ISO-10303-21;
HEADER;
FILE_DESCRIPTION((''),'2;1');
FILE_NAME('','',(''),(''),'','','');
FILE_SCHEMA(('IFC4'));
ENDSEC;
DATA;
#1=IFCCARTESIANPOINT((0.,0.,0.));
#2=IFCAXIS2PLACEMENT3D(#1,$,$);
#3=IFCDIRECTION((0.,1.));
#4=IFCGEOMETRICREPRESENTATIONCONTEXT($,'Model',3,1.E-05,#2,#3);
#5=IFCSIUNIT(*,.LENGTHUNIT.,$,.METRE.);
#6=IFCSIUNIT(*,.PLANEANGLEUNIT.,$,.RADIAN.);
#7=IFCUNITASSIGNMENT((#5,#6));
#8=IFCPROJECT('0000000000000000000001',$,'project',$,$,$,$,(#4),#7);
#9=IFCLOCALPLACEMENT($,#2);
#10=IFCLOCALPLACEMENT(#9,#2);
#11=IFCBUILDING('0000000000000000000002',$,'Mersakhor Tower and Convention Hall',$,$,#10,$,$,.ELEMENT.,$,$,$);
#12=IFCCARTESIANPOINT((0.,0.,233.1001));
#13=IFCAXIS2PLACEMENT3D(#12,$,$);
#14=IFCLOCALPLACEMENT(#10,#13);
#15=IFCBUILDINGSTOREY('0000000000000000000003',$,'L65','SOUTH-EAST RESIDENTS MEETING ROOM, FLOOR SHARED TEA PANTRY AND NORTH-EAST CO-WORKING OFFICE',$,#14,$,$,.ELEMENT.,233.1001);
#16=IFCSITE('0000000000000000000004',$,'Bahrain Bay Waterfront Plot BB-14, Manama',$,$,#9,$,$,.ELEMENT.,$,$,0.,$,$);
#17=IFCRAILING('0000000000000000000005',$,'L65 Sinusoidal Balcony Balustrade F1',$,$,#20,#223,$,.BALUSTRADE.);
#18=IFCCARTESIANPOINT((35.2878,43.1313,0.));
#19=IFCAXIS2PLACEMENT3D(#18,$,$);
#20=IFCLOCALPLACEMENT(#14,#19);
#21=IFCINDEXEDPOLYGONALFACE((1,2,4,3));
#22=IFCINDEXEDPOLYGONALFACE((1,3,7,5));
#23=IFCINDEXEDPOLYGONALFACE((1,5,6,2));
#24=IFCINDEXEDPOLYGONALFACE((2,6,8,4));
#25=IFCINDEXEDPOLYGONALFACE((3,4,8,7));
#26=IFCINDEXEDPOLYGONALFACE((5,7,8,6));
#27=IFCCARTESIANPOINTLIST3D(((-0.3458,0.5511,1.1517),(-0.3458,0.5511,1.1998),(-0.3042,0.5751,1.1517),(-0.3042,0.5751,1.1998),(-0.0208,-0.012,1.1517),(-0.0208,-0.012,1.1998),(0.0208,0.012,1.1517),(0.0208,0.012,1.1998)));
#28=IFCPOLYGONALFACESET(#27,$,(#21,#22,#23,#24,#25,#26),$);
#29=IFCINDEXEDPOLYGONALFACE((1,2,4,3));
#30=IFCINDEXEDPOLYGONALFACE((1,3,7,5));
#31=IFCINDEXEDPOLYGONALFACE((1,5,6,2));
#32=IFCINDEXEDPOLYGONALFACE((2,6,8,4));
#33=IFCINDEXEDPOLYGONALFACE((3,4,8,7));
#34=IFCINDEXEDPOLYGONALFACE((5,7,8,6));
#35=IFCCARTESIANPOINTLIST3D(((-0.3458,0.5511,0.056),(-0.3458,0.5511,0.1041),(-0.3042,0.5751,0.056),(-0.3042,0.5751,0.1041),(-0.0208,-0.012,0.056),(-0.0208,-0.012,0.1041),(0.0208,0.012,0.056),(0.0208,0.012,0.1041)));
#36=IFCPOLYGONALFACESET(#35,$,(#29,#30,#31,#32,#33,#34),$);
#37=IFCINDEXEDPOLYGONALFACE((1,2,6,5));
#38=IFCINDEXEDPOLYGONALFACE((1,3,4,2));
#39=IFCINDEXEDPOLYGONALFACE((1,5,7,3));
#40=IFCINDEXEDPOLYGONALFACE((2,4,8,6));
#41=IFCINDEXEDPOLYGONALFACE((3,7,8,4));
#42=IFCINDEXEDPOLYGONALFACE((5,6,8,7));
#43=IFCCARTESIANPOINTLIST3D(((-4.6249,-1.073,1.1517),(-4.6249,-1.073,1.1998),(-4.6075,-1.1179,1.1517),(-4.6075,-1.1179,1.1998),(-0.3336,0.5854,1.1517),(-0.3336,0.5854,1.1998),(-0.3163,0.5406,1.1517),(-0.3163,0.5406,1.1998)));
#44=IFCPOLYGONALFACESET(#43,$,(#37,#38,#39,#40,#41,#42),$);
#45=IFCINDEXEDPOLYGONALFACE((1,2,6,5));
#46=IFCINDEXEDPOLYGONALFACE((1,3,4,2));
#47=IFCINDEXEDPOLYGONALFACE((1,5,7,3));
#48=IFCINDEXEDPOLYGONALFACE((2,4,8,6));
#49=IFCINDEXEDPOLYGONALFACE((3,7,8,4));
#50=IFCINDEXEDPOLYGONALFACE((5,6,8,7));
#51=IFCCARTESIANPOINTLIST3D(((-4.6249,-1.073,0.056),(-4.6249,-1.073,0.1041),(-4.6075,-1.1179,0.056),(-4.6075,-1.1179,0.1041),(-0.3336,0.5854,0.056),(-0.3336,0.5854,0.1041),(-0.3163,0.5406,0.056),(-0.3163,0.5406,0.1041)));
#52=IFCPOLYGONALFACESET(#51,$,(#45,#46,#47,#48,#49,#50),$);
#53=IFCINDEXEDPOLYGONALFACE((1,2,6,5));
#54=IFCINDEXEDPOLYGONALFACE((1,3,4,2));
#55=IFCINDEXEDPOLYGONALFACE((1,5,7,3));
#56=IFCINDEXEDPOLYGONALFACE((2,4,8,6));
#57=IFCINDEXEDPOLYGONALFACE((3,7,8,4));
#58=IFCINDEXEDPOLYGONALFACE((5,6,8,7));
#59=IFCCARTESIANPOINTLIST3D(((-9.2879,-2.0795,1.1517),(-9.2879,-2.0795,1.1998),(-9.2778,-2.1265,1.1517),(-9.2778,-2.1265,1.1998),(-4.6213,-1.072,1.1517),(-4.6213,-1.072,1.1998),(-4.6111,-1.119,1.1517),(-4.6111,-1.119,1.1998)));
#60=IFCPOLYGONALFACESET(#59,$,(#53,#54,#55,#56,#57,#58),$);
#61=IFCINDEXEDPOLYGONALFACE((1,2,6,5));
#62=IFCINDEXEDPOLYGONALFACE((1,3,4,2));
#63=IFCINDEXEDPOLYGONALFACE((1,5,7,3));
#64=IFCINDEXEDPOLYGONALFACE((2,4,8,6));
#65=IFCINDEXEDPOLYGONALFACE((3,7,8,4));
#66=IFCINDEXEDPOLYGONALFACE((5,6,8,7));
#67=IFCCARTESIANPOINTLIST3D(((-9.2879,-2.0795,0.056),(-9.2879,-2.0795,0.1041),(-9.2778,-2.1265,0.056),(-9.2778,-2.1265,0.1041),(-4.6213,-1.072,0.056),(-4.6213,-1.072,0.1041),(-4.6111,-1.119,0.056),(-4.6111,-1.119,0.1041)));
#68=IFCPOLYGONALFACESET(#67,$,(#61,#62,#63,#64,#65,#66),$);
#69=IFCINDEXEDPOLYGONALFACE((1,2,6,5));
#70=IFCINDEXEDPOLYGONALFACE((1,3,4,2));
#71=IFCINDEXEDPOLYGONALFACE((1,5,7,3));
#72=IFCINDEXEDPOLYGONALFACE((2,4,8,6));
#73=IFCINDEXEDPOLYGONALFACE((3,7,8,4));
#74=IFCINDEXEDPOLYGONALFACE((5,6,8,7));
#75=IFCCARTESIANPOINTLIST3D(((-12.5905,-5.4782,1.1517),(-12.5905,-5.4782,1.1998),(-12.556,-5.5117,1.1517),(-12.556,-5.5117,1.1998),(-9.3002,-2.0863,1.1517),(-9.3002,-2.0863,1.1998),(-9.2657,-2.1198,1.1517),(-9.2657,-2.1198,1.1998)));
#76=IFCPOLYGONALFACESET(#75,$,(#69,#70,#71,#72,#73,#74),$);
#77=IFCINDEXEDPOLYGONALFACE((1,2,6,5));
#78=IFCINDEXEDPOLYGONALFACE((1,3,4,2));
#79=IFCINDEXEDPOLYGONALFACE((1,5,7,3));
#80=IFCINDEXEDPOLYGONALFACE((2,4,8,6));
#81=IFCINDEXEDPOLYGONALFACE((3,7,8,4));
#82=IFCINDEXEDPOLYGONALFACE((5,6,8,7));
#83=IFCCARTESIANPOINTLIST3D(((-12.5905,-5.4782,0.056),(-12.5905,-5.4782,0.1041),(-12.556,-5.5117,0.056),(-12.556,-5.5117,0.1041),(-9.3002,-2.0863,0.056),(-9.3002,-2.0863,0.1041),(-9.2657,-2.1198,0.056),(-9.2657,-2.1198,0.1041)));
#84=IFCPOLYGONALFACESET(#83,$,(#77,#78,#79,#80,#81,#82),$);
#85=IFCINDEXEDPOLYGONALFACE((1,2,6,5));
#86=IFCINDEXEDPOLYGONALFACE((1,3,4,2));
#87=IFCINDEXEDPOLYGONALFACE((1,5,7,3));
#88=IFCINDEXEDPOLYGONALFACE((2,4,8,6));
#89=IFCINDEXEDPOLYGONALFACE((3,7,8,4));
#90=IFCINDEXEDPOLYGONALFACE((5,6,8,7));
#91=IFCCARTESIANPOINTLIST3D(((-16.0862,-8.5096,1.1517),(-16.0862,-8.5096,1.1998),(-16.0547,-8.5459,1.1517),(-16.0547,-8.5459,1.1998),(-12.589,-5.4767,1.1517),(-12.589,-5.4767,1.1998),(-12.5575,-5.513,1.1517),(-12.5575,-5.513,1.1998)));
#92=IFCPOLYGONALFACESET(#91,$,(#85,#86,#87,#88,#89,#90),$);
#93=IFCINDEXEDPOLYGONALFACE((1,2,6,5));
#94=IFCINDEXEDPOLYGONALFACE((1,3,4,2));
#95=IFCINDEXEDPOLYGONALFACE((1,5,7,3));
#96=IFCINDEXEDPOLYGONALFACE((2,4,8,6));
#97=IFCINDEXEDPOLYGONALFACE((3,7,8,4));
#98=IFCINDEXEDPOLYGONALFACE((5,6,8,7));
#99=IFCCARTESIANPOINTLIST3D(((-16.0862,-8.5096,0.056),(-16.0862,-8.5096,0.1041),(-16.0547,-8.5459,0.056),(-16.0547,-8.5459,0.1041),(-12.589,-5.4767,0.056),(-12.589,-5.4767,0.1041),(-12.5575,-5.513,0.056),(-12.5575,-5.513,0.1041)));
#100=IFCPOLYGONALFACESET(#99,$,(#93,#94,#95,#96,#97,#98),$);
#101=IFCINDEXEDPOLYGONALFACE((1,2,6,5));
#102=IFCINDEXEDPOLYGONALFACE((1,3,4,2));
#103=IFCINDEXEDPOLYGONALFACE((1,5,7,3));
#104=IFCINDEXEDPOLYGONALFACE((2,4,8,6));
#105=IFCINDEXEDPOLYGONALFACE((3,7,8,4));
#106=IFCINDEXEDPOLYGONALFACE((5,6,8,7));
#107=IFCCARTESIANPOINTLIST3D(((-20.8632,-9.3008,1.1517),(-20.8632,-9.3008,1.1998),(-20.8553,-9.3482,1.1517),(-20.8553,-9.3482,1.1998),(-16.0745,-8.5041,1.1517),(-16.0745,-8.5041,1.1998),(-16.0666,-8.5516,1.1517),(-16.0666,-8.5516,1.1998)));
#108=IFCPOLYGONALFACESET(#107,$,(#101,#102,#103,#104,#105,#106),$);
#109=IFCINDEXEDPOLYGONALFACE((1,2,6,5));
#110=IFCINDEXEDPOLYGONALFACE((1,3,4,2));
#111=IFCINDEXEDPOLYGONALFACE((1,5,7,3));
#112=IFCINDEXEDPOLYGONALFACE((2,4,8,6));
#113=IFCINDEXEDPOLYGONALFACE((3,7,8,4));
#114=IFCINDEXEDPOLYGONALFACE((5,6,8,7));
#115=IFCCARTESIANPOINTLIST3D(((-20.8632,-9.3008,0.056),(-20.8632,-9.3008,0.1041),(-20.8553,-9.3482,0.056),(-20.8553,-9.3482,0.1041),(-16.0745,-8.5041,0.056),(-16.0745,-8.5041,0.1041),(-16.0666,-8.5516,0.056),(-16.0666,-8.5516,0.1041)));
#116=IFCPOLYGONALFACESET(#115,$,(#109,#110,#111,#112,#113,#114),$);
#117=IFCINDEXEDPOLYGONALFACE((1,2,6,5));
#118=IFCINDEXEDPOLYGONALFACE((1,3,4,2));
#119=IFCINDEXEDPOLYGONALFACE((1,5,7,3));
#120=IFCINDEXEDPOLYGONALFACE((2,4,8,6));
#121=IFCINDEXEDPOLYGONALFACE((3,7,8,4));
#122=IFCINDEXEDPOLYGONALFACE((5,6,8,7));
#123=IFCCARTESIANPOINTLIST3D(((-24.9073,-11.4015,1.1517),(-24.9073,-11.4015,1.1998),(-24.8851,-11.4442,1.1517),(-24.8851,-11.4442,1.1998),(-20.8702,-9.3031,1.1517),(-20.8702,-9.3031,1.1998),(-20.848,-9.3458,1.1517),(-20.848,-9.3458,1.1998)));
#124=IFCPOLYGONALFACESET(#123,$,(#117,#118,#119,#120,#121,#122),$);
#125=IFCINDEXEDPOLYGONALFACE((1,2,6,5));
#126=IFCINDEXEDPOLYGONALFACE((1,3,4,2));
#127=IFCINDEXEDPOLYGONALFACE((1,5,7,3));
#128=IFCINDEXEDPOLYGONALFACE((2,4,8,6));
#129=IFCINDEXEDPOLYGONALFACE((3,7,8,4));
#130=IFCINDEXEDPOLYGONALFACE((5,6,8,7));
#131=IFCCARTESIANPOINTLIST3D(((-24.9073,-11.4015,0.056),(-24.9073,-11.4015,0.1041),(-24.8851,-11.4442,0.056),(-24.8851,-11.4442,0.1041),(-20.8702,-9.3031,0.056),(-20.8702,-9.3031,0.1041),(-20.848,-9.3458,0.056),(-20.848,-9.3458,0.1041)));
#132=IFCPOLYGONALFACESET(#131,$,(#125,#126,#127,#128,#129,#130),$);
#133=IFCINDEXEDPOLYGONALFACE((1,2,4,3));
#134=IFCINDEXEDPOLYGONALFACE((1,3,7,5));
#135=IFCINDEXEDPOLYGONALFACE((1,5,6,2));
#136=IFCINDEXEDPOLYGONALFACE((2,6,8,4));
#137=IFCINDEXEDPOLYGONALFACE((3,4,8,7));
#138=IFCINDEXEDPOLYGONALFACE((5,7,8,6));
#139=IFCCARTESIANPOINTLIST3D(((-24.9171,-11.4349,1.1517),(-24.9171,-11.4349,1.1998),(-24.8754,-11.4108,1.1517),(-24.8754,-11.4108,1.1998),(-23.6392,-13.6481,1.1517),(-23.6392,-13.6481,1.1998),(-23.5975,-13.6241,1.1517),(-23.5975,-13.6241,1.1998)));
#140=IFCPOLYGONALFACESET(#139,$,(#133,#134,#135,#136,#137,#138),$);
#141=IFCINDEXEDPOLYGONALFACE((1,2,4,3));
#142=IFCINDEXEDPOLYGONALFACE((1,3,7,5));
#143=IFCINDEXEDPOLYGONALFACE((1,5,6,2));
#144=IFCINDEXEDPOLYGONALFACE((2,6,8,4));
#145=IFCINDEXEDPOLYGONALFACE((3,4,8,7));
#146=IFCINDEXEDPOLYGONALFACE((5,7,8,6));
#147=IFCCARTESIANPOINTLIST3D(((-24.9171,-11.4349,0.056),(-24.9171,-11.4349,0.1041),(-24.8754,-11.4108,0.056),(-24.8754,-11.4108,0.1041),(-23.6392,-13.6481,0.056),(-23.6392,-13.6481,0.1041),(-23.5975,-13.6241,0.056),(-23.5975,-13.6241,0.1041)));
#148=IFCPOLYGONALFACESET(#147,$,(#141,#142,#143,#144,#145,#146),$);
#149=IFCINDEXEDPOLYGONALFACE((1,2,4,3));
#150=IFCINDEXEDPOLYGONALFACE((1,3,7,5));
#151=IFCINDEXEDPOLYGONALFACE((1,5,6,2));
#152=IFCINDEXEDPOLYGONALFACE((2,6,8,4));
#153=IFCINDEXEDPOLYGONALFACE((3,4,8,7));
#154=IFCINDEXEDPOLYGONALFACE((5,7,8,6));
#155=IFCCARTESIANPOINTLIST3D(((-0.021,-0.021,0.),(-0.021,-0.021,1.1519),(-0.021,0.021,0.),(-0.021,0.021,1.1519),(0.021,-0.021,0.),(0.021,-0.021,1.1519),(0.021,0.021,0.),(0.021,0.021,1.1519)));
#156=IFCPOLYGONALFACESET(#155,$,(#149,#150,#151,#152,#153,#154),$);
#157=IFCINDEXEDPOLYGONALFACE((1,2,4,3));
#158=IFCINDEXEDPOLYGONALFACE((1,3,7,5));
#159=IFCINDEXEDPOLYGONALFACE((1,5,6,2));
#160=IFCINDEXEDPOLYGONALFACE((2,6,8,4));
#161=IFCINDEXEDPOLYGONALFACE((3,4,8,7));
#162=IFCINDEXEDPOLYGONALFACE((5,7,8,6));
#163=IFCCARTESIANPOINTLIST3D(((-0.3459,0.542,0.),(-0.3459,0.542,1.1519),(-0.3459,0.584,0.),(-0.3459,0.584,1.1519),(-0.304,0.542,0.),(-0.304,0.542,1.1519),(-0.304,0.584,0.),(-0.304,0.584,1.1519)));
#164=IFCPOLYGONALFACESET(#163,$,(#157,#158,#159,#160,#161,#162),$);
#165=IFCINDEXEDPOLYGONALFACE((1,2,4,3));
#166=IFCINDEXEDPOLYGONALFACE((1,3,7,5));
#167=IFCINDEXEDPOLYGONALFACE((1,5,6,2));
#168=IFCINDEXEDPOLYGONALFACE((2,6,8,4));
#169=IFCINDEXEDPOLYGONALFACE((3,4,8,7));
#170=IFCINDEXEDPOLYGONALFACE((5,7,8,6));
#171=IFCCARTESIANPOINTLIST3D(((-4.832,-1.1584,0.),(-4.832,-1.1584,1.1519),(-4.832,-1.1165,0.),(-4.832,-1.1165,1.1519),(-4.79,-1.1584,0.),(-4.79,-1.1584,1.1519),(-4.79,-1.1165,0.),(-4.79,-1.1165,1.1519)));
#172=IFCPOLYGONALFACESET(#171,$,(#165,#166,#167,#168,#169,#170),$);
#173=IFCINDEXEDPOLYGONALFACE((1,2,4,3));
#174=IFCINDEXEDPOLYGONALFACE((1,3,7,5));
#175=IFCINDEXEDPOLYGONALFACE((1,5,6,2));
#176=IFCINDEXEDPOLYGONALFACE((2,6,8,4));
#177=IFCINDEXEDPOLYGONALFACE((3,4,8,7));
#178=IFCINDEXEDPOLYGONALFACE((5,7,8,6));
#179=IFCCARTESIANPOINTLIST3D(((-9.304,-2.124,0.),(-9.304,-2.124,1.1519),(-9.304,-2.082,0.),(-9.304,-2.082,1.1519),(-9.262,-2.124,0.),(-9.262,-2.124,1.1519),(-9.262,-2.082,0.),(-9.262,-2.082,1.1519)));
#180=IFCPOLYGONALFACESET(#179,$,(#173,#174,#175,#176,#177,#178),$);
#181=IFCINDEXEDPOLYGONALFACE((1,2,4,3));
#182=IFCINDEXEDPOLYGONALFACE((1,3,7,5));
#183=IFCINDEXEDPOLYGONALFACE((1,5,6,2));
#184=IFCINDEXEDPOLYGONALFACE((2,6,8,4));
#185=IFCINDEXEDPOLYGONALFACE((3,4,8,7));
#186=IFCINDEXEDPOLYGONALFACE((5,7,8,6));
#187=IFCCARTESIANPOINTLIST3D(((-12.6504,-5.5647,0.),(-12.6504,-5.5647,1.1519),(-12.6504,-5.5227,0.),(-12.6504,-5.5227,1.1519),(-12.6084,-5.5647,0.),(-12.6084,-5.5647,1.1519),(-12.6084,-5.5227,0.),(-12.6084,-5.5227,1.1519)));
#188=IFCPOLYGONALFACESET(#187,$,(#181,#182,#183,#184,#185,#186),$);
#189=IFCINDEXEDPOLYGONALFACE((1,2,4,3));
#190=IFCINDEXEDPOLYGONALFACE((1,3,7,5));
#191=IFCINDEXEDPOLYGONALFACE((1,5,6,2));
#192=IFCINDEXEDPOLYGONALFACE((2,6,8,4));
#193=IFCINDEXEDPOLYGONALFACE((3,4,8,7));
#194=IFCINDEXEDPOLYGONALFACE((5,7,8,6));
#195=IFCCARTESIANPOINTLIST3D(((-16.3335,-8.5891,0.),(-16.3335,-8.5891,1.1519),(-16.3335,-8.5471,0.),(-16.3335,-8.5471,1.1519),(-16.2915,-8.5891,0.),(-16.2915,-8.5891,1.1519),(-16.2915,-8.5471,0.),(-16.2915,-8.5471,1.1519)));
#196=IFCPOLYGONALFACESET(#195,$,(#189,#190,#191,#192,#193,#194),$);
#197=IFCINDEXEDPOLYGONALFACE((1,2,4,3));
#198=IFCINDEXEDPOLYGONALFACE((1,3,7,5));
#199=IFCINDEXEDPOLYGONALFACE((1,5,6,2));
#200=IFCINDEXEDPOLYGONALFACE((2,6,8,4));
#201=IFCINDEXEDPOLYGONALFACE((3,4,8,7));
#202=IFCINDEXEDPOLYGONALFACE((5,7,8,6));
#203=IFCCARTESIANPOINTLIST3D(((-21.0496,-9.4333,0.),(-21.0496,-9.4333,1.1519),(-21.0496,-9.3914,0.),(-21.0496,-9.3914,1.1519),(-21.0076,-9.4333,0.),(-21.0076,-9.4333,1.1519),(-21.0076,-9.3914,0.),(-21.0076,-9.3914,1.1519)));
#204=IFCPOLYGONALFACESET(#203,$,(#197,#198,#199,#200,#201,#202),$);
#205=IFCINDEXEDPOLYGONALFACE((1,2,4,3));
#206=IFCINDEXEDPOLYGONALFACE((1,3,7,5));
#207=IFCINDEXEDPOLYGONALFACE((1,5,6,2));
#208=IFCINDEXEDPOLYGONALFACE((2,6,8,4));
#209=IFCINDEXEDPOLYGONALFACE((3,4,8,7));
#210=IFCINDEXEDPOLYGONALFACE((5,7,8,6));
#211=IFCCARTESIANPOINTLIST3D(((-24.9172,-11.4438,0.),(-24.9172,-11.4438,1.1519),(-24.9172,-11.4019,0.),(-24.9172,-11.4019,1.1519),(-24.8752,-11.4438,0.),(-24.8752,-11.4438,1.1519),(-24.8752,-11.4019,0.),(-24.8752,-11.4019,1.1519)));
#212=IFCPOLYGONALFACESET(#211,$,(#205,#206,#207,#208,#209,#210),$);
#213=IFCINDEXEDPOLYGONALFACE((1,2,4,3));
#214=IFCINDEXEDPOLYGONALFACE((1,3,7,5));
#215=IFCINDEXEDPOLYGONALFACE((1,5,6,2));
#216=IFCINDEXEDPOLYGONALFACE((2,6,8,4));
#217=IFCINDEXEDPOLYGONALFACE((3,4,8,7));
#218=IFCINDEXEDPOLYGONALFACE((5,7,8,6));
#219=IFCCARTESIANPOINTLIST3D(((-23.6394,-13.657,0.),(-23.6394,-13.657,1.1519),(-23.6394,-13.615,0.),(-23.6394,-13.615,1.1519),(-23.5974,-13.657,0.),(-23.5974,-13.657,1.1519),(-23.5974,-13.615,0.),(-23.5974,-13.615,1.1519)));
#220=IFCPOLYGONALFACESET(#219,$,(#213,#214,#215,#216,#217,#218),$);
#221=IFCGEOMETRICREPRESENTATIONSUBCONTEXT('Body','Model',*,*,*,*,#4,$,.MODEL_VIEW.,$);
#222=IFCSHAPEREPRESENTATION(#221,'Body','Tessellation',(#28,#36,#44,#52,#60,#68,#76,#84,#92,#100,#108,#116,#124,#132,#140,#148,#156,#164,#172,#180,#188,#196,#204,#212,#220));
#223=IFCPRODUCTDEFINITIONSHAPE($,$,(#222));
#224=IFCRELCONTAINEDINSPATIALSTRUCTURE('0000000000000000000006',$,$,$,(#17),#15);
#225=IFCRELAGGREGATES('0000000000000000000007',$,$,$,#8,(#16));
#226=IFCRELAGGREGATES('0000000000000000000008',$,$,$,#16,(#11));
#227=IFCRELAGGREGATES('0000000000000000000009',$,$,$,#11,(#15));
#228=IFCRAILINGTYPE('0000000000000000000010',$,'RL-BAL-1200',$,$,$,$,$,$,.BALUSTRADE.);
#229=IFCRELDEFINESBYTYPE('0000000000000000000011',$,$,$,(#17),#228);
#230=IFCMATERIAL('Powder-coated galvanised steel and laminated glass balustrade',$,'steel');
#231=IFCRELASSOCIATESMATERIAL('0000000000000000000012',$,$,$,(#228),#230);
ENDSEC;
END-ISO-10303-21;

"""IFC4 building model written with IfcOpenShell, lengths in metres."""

from ifc_helpers import new_model, si_unit, direction, frame, origin, origin_2d, place, context, subcontext, project, spatial, rectangle, extrude, material, type_object, element, save


model = new_model("IFC4")

# Units and contexts
model_context = context("Model", 3, precision=1e-05, world=origin(), true_north=direction((0.0, 1.0)))
body_context = subcontext(model_context, "Body", "Model", "MODEL_VIEW")
ifc_project = project(units=[si_unit("LENGTHUNIT", "METRE"), si_unit("PLANEANGLEUNIT", "RADIAN")], contexts=[model_context])

# Site, building, storey
site_placement = place(None, origin())
site = spatial("IfcSite", under=ifc_project, at=site_placement, Name="Bahrain Bay Waterfront Plot BB-14, Manama", CompositionType="ELEMENT", RefElevation=0.0)
building_placement = place(site_placement, origin())
building = spatial("IfcBuilding", under=site, at=building_placement, Name="Mersakhor Tower and Convention Hall", CompositionType="ELEMENT")
storey_placement = place(building_placement, frame((0.0, 0.0, 233.1001)))
storey = spatial("IfcBuildingStorey", under=building, at=storey_placement, Name="L65", Description="SOUTH-EAST RESIDENTS MEETING ROOM, FLOOR SHARED TEA PANTRY AND NORTH-EAST CO-WORKING OFFICE", CompositionType="ELEMENT", Elevation=233.1001)

# Railing
ifc_material_1 = material(Name="Powder-coated galvanised steel and laminated glass balustrade", Category="steel")
railing_type = type_object("IfcRailingType", Name="RL-BAL-1200", PredefinedType="BALUSTRADE", material=ifc_material_1)
railing_placement = place(storey_placement, frame((35.2878, 43.1313, 0.0)))
element("IfcRailing", 1, at=railing_placement, inside=storey, type_object=railing_type, Name="L65 Sinusoidal Balcony Balustrade F1", PredefinedType="BALUSTRADE", context=body_context, shape_type="SweptSolid", body=[
    extrude(rectangle(XDim=0.0481, YDim=0.0481, at=origin_2d()), frame((0.0, 0.0, 1.1758), z_axis=(-0.499896, 0.866086, 0.0), x_axis=(-0.866086, -0.499896, 0.0)), (0.0, 0.0, 1.0), 0.6501),
    extrude(rectangle(XDim=0.0481, YDim=0.0481, at=origin_2d()), frame((0.0, 0.0, 0.0801), z_axis=(-0.499896, 0.866086, 0.0), x_axis=(-0.866086, -0.499896, 0.0)), (0.0, 0.0, 1.0), 0.6501),
    extrude(rectangle(XDim=0.0481, YDim=0.0481, at=origin_2d()), frame((-0.325, 0.563, 1.1758), z_axis=(-0.932764, -0.360486, 0.0), x_axis=(0.360486, -0.932764, 0.0)), (0.0, 0.0, 1.0), 4.6006),
    extrude(rectangle(XDim=0.0481, YDim=0.0481, at=origin_2d()), frame((-0.325, 0.563, 0.0801), z_axis=(-0.932764, -0.360486, 0.0), x_axis=(0.360486, -0.932764, 0.0)), (0.0, 0.0, 1.0), 4.6006),
    extrude(rectangle(XDim=0.0481, YDim=0.0481, at=origin_2d()), frame((-4.6162, -1.0955, 1.1758), z_axis=(-0.977477, -0.211041, 0.0), x_axis=(0.211041, -0.977477, 0.0)), (0.0, 0.0, 1.0), 4.7742),
    extrude(rectangle(XDim=0.0481, YDim=0.0481, at=origin_2d()), frame((-4.6162, -1.0955, 0.0801), z_axis=(-0.977477, -0.211041, 0.0), x_axis=(0.211041, -0.977477, 0.0)), (0.0, 0.0, 1.0), 4.7742),
    extrude(rectangle(XDim=0.0481, YDim=0.0481, at=origin_2d()), frame((-9.283, -2.103, 1.1758), z_axis=(-0.696279, -0.717771, 0.0), x_axis=(0.717771, -0.696279, 0.0)), (0.0, 0.0, 1.0), 4.7256),
    extrude(rectangle(XDim=0.0481, YDim=0.0481, at=origin_2d()), frame((-9.283, -2.103, 0.0801), z_axis=(-0.696279, -0.717771, 0.0), x_axis=(0.717771, -0.696279, 0.0)), (0.0, 0.0, 1.0), 4.7256),
    extrude(rectangle(XDim=0.0481, YDim=0.0481, at=origin_2d()), frame((-12.5732, -5.4949, 1.1758), z_axis=(-0.75548, -0.655171, 0.0), x_axis=(0.655171, -0.75548, 0.0)), (0.0, 0.0, 1.0), 4.6292),
    extrude(rectangle(XDim=0.0481, YDim=0.0481, at=origin_2d()), frame((-12.5732, -5.4949, 0.0801), z_axis=(-0.75548, -0.655171, 0.0), x_axis=(0.655171, -0.75548, 0.0)), (0.0, 0.0, 1.0), 4.6292),
    extrude(rectangle(XDim=0.0481, YDim=0.0481, at=origin_2d()), frame((-16.0706, -8.5278, 1.1758), z_axis=(-0.986443, -0.164105, 0.0), x_axis=(0.164105, -0.986443, 0.0)), (0.0, 0.0, 1.0), 4.8545),
    extrude(rectangle(XDim=0.0481, YDim=0.0481, at=origin_2d()), frame((-16.0706, -8.5278, 0.0801), z_axis=(-0.986443, -0.164105, 0.0), x_axis=(0.164105, -0.986443, 0.0)), (0.0, 0.0, 1.0), 4.8545),
    extrude(rectangle(XDim=0.0481, YDim=0.0481, at=origin_2d()), frame((-20.8591, -9.3245, 1.1758), z_axis=(-0.887298, -0.461196, 0.0), x_axis=(0.461196, -0.887298, 0.0)), (0.0, 0.0, 1.0), 4.5498),
    extrude(rectangle(XDim=0.0481, YDim=0.0481, at=origin_2d()), frame((-20.8591, -9.3245, 0.0801), z_axis=(-0.887298, -0.461196, 0.0), x_axis=(0.461196, -0.887298, 0.0)), (0.0, 0.0, 1.0), 4.5498),
    extrude(rectangle(XDim=0.0481, YDim=0.0481, at=origin_2d()), frame((-24.8962, -11.4229, 1.1758), z_axis=(0.500023, -0.866012, 0.0), x_axis=(0.866012, 0.500023, 0.0)), (0.0, 0.0, 1.0), 2.5557),
    extrude(rectangle(XDim=0.0481, YDim=0.0481, at=origin_2d()), frame((-24.8962, -11.4229, 0.0801), z_axis=(0.500023, -0.866012, 0.0), x_axis=(0.866012, 0.500023, 0.0)), (0.0, 0.0, 1.0), 2.5557),
    extrude(rectangle(XDim=0.042, YDim=0.042, at=origin_2d()), origin(), (0.0, 0.0, 1.0), 1.1519),
    extrude(rectangle(XDim=0.042, YDim=0.042, at=origin_2d()), frame((-0.325, 0.563, 0.0)), (0.0, 0.0, 1.0), 1.1519),
    extrude(rectangle(XDim=0.042, YDim=0.042, at=origin_2d()), frame((-4.811, -1.1375, 0.0)), (0.0, 0.0, 1.0), 1.1519),
    extrude(rectangle(XDim=0.042, YDim=0.042, at=origin_2d()), frame((-9.283, -2.103, 0.0)), (0.0, 0.0, 1.0), 1.1519),
    extrude(rectangle(XDim=0.042, YDim=0.042, at=origin_2d()), frame((-12.6294, -5.5437, 0.0)), (0.0, 0.0, 1.0), 1.1519),
    extrude(rectangle(XDim=0.042, YDim=0.042, at=origin_2d()), frame((-16.3125, -8.5681, 0.0)), (0.0, 0.0, 1.0), 1.1519),
    extrude(rectangle(XDim=0.042, YDim=0.042, at=origin_2d()), frame((-21.0286, -9.4124, 0.0)), (0.0, 0.0, 1.0), 1.1519),
    extrude(rectangle(XDim=0.042, YDim=0.042, at=origin_2d()), frame((-24.8962, -11.4229, 0.0)), (0.0, 0.0, 1.0), 1.1519),
    extrude(rectangle(XDim=0.042, YDim=0.042, at=origin_2d()), frame((-23.6184, -13.636, 0.0)), (0.0, 0.0, 1.0), 1.1519),
])

save(model, "model.ifc")
